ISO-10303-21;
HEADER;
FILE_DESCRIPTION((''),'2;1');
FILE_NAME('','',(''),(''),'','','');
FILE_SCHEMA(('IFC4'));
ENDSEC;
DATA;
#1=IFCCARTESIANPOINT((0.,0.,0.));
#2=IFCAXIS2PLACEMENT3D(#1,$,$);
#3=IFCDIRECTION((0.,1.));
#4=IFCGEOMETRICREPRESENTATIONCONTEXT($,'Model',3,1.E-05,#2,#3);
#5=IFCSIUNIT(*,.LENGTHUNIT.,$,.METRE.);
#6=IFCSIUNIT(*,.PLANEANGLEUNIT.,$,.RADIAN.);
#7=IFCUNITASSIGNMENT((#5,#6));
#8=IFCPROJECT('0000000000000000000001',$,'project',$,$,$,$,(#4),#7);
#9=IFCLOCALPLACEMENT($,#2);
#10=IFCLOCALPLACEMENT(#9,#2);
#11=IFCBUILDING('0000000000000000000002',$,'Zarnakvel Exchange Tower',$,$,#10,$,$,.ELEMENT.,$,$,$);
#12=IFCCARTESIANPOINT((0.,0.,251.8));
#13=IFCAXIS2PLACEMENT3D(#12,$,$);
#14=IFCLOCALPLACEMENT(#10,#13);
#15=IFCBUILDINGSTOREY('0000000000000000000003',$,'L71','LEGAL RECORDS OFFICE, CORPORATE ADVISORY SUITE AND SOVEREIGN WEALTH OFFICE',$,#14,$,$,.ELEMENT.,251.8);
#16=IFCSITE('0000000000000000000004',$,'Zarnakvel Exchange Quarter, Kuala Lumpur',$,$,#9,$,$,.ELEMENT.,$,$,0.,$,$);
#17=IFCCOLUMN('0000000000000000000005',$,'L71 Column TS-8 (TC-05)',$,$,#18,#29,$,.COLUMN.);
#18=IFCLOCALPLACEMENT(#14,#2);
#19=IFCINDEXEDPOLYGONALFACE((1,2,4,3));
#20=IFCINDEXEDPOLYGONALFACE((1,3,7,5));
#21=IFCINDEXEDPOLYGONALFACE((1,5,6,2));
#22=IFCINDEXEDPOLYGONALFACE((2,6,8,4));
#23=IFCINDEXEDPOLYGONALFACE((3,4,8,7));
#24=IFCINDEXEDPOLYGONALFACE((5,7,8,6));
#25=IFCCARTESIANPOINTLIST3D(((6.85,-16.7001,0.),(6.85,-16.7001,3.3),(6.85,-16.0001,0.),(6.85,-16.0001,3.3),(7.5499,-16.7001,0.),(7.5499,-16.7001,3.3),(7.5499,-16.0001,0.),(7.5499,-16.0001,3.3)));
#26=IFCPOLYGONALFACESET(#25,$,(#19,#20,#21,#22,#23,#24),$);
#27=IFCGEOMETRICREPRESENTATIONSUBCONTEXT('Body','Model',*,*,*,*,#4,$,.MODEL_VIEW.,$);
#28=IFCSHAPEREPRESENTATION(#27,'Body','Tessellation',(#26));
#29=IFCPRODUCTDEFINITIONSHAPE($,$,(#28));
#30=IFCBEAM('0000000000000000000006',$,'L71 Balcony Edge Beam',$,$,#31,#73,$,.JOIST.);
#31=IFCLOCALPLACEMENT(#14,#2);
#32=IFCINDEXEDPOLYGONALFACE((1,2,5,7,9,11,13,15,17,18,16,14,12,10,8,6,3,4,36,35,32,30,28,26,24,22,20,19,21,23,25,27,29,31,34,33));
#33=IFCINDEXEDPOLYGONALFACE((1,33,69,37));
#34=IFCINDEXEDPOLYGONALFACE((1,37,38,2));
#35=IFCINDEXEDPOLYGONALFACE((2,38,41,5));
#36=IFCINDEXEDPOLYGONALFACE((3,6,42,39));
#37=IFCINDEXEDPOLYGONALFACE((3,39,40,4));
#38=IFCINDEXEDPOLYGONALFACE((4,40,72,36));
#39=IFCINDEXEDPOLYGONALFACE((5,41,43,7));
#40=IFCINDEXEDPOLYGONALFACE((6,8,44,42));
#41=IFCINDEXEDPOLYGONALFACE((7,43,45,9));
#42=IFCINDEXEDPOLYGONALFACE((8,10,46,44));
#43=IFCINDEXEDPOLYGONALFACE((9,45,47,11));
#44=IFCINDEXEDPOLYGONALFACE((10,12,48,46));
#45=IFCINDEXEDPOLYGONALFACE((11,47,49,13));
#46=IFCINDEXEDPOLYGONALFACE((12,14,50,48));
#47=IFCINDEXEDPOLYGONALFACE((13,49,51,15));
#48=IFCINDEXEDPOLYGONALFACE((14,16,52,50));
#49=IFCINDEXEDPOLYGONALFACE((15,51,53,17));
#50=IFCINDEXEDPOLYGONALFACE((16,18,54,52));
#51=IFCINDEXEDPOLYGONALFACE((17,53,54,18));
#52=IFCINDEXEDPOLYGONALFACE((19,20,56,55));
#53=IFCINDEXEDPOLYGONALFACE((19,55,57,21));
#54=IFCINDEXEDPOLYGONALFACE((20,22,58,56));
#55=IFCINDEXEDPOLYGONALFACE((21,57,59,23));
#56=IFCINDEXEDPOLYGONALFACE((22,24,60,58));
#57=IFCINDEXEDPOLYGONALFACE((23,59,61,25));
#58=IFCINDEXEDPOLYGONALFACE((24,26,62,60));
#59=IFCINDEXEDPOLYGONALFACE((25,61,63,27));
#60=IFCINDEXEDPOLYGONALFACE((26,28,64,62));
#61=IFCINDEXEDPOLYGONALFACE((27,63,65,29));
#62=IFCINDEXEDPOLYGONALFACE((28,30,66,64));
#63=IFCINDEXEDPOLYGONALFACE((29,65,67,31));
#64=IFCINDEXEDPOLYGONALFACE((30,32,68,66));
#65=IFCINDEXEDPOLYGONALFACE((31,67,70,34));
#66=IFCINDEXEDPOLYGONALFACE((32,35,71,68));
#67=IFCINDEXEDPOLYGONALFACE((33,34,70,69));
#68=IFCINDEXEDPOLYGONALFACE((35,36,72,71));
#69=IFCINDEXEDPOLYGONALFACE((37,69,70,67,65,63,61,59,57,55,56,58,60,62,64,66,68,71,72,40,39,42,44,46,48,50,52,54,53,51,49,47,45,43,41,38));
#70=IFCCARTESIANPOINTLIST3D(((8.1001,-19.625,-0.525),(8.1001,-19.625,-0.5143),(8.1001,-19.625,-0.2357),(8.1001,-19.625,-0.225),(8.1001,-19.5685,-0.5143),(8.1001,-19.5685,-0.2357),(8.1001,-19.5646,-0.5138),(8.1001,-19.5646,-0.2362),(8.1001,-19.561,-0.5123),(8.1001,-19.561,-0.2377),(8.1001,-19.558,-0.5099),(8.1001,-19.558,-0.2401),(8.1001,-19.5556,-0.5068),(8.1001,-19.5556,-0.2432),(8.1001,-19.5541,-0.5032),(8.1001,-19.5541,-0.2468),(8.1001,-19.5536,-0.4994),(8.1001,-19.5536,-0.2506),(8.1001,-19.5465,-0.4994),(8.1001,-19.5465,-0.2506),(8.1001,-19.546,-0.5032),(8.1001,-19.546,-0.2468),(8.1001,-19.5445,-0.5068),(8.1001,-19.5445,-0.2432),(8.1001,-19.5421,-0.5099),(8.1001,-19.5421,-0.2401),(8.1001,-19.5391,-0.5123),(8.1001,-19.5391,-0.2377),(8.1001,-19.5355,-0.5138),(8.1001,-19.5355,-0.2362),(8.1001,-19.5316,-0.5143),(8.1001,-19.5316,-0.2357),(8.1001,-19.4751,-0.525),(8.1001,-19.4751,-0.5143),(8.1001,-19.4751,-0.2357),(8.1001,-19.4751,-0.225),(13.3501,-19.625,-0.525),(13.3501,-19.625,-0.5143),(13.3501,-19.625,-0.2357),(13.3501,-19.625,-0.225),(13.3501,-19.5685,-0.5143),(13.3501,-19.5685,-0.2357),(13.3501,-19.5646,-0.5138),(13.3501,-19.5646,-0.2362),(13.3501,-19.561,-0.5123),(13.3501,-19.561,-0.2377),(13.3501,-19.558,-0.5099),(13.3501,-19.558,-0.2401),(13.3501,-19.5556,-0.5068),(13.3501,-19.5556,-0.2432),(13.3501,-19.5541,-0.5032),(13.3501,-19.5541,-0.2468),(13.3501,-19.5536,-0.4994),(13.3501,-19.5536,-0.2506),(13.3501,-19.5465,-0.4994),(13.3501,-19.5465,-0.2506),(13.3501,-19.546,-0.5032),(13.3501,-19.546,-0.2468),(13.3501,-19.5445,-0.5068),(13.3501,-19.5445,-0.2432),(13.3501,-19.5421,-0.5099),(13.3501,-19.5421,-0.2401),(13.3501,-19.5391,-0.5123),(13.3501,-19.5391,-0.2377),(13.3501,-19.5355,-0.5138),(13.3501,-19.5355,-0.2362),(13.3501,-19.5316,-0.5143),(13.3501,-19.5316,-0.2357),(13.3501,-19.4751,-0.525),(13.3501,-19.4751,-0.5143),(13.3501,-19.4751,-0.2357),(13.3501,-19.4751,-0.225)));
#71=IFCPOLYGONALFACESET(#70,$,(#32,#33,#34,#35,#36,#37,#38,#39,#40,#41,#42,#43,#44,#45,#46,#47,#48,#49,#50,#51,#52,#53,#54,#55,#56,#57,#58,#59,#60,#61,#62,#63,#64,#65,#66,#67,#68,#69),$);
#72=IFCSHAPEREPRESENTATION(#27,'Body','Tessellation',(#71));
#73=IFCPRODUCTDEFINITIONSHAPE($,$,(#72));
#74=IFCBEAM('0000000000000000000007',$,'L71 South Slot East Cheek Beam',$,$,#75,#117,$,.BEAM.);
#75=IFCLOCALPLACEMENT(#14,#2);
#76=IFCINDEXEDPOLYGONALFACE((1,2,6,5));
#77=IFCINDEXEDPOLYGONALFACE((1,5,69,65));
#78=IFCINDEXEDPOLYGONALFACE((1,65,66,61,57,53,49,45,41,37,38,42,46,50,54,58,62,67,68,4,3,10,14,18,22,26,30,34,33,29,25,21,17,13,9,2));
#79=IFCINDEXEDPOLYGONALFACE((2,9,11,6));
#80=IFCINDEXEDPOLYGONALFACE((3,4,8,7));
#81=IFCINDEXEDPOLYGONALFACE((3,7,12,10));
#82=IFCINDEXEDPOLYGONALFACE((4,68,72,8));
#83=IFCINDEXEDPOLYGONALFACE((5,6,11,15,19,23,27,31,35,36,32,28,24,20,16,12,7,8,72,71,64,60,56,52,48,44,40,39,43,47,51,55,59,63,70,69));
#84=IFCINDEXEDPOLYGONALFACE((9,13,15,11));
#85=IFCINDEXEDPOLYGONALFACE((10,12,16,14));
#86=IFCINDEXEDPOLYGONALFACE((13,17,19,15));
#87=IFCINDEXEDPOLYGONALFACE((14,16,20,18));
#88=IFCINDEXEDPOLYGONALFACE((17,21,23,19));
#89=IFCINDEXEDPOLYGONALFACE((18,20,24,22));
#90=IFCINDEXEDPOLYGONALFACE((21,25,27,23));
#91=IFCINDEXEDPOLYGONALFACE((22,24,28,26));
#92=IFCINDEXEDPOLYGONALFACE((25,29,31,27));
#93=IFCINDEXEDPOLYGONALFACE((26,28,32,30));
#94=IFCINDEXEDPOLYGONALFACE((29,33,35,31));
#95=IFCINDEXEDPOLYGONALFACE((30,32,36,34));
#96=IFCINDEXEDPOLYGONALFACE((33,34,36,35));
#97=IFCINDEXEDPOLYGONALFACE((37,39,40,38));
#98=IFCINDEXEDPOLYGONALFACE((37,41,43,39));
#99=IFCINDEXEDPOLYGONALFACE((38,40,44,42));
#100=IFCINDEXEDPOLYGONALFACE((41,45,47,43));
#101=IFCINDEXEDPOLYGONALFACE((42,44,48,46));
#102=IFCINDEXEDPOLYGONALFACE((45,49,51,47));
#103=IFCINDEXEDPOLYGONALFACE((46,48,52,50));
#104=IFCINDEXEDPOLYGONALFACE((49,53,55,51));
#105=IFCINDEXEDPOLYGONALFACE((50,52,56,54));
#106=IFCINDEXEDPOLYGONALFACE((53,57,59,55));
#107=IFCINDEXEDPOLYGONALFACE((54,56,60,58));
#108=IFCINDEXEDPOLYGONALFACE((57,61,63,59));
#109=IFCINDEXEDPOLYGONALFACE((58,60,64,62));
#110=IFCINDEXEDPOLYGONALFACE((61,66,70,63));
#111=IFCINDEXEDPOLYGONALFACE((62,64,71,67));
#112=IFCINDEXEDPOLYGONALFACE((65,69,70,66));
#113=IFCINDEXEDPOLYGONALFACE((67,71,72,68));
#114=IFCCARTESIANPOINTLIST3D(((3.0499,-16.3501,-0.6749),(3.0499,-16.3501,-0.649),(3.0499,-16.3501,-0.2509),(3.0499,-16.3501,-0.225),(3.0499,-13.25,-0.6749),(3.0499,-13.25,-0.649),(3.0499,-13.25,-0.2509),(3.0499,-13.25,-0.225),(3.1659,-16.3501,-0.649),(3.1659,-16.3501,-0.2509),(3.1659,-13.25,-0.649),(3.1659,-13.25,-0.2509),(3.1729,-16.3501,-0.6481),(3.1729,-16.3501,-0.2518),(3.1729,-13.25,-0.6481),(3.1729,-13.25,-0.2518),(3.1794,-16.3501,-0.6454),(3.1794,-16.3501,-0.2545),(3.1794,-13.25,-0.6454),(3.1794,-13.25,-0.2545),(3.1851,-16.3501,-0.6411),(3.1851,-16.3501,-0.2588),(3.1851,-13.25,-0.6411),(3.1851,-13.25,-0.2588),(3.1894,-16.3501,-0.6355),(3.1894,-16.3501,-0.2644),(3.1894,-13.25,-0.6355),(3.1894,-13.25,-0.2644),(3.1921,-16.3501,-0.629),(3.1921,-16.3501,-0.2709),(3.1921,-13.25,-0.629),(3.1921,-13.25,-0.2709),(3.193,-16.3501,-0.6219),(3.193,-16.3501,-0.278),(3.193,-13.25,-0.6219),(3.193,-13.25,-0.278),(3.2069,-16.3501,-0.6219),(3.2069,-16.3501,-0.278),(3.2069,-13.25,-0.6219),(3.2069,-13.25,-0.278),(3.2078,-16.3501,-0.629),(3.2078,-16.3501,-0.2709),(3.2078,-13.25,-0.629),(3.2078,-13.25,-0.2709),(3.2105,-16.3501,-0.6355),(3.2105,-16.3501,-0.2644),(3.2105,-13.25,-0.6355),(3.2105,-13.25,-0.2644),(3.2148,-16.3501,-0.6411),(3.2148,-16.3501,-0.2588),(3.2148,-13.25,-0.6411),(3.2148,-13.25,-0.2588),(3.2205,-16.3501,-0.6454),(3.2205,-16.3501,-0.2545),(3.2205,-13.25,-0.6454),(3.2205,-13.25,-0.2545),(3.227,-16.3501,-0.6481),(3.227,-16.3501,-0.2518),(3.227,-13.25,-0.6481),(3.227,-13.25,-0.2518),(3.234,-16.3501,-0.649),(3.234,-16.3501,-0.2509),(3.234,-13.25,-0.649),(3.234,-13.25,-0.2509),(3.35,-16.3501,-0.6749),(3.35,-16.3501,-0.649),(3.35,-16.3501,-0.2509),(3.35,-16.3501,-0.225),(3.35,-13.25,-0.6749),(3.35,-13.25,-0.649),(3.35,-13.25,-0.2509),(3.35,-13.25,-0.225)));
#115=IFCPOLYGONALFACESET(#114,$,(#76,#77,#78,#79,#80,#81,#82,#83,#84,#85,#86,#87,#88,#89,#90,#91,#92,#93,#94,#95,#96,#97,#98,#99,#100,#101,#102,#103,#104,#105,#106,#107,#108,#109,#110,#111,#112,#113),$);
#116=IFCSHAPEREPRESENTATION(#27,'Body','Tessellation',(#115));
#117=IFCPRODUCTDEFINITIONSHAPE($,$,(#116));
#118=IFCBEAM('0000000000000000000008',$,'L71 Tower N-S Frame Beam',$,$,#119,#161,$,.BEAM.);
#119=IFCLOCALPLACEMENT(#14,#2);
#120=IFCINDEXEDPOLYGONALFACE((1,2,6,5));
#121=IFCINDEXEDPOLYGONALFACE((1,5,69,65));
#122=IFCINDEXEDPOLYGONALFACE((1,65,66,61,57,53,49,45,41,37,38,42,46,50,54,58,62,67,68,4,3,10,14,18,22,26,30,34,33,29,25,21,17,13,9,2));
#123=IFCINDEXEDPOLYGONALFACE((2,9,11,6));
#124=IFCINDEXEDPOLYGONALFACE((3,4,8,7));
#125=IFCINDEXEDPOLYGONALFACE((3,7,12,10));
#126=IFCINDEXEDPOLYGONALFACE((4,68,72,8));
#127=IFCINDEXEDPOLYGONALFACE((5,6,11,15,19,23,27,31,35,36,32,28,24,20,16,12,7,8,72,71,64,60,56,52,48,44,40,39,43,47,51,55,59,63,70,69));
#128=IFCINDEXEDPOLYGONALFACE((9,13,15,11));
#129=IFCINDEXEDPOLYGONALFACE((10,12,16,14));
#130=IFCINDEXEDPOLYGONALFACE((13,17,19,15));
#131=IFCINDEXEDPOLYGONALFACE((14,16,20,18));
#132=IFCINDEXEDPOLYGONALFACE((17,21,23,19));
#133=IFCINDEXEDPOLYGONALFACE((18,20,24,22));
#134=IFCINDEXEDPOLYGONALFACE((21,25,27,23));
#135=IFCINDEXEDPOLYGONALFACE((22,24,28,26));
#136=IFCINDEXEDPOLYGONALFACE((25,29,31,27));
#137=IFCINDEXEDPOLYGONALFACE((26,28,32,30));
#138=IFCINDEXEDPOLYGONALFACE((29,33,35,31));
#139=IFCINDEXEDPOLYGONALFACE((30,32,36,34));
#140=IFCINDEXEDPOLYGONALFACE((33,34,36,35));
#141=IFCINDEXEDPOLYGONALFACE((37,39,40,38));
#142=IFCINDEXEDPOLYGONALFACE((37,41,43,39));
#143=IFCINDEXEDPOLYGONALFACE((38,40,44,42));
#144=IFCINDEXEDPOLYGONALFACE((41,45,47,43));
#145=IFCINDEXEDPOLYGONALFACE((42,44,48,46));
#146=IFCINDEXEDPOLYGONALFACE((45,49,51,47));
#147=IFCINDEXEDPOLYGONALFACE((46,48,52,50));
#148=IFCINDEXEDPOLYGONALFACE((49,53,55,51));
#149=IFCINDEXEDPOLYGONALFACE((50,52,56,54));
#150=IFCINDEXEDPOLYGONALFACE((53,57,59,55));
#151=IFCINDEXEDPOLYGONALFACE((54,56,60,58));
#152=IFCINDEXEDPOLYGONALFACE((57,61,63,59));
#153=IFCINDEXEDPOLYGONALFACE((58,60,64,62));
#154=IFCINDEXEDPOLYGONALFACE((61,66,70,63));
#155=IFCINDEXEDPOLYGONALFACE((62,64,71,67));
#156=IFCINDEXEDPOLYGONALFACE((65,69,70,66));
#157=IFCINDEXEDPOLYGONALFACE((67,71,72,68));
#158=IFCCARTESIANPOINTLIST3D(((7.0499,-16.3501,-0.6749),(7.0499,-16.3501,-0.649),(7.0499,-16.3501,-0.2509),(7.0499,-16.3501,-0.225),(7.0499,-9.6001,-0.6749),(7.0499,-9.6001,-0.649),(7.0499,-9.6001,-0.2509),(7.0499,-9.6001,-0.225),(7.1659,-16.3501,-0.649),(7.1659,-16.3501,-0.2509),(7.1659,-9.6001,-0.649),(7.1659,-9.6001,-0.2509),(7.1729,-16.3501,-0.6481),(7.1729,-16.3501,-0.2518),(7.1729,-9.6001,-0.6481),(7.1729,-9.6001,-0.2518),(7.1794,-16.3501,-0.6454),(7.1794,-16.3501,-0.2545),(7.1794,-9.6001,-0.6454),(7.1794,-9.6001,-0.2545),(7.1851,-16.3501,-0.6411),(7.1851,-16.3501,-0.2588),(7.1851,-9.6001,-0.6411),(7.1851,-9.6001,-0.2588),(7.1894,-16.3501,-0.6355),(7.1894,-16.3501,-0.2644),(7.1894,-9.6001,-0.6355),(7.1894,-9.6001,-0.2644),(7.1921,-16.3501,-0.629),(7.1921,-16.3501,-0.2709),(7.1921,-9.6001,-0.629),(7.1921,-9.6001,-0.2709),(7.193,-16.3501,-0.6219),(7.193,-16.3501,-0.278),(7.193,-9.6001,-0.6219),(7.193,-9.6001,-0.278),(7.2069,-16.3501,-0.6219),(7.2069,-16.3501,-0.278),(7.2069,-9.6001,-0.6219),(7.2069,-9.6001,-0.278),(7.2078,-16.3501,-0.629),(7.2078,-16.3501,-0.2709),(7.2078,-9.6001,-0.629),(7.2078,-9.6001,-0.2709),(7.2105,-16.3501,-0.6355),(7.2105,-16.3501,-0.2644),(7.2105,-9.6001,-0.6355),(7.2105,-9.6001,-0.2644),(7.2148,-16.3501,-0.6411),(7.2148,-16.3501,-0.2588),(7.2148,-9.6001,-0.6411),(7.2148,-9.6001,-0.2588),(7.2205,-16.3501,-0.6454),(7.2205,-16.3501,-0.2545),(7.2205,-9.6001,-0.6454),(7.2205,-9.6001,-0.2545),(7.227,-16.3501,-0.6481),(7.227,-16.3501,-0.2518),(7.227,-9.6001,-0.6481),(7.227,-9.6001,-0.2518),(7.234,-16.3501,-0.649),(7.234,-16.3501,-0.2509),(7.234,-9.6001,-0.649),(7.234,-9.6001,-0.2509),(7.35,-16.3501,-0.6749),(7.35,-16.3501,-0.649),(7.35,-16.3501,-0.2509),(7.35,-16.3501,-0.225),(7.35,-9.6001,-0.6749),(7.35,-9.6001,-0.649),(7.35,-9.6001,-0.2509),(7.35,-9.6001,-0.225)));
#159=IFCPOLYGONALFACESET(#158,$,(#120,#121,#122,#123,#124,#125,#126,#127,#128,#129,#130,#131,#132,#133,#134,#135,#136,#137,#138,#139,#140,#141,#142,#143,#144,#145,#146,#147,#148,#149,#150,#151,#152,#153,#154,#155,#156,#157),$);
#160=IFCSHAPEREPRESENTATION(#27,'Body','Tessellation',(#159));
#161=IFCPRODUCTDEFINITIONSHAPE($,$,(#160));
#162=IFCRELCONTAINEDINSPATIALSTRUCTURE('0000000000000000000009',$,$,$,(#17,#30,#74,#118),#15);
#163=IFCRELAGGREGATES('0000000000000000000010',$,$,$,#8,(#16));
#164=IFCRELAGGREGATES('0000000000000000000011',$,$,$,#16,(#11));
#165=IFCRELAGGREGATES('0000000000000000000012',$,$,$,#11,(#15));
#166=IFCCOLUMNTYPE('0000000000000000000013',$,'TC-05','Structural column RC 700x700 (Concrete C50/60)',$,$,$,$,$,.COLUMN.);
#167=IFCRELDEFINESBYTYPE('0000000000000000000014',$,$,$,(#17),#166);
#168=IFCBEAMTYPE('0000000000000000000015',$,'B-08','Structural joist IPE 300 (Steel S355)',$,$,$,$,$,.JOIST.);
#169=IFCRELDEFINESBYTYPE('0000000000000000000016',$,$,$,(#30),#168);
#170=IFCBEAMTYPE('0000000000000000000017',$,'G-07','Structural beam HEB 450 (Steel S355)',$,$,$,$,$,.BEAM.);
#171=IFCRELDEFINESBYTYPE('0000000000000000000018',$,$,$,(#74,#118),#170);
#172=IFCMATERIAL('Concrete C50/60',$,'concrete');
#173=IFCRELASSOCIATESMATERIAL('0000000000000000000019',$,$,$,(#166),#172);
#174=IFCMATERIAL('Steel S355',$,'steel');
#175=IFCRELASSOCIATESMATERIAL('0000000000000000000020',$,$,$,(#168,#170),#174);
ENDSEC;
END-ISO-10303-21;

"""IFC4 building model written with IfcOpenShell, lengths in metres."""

from ifc_helpers import new_model, si_unit, direction, frame, origin, origin_2d, place, context, subcontext, project, spatial, rectangle, i_section, extrude, material, material_profile, profile_set, type_object, element, save


model = new_model("IFC4")

# Units and contexts
model_context = context("Model", 3, precision=1e-05, world=origin(), true_north=direction((0.0, 1.0)))
body_context = subcontext(model_context, "Body", "Model", "MODEL_VIEW")
ifc_project = project(units=[si_unit("LENGTHUNIT", "METRE"), si_unit("PLANEANGLEUNIT", "RADIAN")], contexts=[model_context])

# Site, building, storey
site_placement = place(None, origin())
site = spatial("IfcSite", under=ifc_project, at=site_placement, Name="Zarnakvel Exchange Quarter, Kuala Lumpur", CompositionType="ELEMENT", RefElevation=0.0)
building_placement = place(site_placement, origin())
building = spatial("IfcBuilding", under=site, at=building_placement, Name="Zarnakvel Exchange Tower", CompositionType="ELEMENT")
storey_placement = place(building_placement, frame((0.0, 0.0, 251.8)))
storey = spatial("IfcBuildingStorey", under=building, at=storey_placement, Name="L71", Description="LEGAL RECORDS OFFICE, CORPORATE ADVISORY SUITE AND SOVEREIGN WEALTH OFFICE", CompositionType="ELEMENT", Elevation=251.8)

# Column
ifc_material_1 = material(Name="Concrete C50/60", Category="concrete")
ifc_material_profile_1 = material_profile(ifc_material_1, rectangle(XDim=0.7, YDim=0.7, at=origin_2d()))
ifc_profile_set_1 = profile_set([ifc_material_profile_1], Name="Concrete C50/60")
column_type = type_object("IfcColumnType", Name="TC-05", Description="Structural column RC 700x700 (Concrete C50/60)", PredefinedType="COLUMN", material=ifc_profile_set_1)
column_placement = place(storey_placement, frame((7.2, -16.3501, 0.0), z_axis=(0.0, 0.0, 1.0), x_axis=(1.0, 0.0, 0.0)))
element("IfcColumn", 1, at=column_placement, inside=storey, type_object=column_type, Name="L71 Column TS-8 (TC-05)", PredefinedType="COLUMN", context=body_context, shape_type="SweptSolid", body=[
    extrude(rectangle(XDim=0.7, YDim=0.7, at=origin_2d()), origin(), (0.0, 0.0, 1.0), 3.3),
])

# Beams
ifc_material_2 = material(Name="Steel S355", Category="steel")
ifc_material_profile_2 = material_profile(ifc_material_2, i_section(OverallWidth=0.1499, OverallDepth=0.3, WebThickness=0.0071, FlangeThickness=0.0107, FilletRadius=0.0149, at=origin_2d()))
ifc_profile_set_2 = profile_set([ifc_material_profile_2], Name="Steel S355")
beam_type_1 = type_object("IfcBeamType", Name="B-08", Description="Structural joist IPE 300 (Steel S355)", PredefinedType="JOIST", material=ifc_profile_set_2)
beam_1_placement = place(storey_placement, frame((8.1001, -19.55, -0.375), z_axis=(1.0, 0.0, 0.0), x_axis=(0.0, 1.0, 0.0)))
element("IfcBeam", 2, at=beam_1_placement, inside=storey, type_object=beam_type_1, Name="L71 Balcony Edge Beam", PredefinedType="JOIST", context=body_context, shape_type="SweptSolid", body=[
    extrude(i_section(OverallWidth=0.1499, OverallDepth=0.3, WebThickness=0.0071, FlangeThickness=0.0107, FilletRadius=0.0149, at=origin_2d()), origin(), (0.0, 0.0, 1.0), 5.25),
])
ifc_material_profile_3 = material_profile(ifc_material_2, i_section(OverallWidth=0.3, OverallDepth=0.45, WebThickness=0.0139, FlangeThickness=0.0259, FilletRadius=0.0271, at=origin_2d()))
ifc_profile_set_3 = profile_set([ifc_material_profile_3], Name="Steel S355")
beam_type_2 = type_object("IfcBeamType", Name="G-07", Description="Structural beam HEB 450 (Steel S355)", PredefinedType="BEAM", material=ifc_profile_set_3)
beam_2_placement = place(storey_placement, frame((3.2, -16.3501, -0.45), z_axis=(0.0, 1.0, 0.0), x_axis=(-1.0, 0.0, 0.0)))
element("IfcBeam", 3, at=beam_2_placement, inside=storey, type_object=beam_type_2, Name="L71 South Slot East Cheek Beam", PredefinedType="BEAM", context=body_context, shape_type="SweptSolid", body=[
    extrude(i_section(OverallWidth=0.3, OverallDepth=0.45, WebThickness=0.0139, FlangeThickness=0.0259, FilletRadius=0.0271, at=origin_2d()), origin(), (0.0, 0.0, 1.0), 3.1001),
])
beam_3_placement = place(storey_placement, frame((7.2, -16.3501, -0.45), z_axis=(0.0, 1.0, 0.0), x_axis=(-1.0, 0.0, 0.0)))
element("IfcBeam", 4, at=beam_3_placement, inside=storey, type_object=beam_type_2, Name="L71 Tower N-S Frame Beam", PredefinedType="BEAM", context=body_context, shape_type="SweptSolid", body=[
    extrude(i_section(OverallWidth=0.3, OverallDepth=0.45, WebThickness=0.0139, FlangeThickness=0.0259, FilletRadius=0.0271, at=origin_2d()), origin(), (0.0, 0.0, 1.0), 6.75),
])

save(model, "model.ifc")
